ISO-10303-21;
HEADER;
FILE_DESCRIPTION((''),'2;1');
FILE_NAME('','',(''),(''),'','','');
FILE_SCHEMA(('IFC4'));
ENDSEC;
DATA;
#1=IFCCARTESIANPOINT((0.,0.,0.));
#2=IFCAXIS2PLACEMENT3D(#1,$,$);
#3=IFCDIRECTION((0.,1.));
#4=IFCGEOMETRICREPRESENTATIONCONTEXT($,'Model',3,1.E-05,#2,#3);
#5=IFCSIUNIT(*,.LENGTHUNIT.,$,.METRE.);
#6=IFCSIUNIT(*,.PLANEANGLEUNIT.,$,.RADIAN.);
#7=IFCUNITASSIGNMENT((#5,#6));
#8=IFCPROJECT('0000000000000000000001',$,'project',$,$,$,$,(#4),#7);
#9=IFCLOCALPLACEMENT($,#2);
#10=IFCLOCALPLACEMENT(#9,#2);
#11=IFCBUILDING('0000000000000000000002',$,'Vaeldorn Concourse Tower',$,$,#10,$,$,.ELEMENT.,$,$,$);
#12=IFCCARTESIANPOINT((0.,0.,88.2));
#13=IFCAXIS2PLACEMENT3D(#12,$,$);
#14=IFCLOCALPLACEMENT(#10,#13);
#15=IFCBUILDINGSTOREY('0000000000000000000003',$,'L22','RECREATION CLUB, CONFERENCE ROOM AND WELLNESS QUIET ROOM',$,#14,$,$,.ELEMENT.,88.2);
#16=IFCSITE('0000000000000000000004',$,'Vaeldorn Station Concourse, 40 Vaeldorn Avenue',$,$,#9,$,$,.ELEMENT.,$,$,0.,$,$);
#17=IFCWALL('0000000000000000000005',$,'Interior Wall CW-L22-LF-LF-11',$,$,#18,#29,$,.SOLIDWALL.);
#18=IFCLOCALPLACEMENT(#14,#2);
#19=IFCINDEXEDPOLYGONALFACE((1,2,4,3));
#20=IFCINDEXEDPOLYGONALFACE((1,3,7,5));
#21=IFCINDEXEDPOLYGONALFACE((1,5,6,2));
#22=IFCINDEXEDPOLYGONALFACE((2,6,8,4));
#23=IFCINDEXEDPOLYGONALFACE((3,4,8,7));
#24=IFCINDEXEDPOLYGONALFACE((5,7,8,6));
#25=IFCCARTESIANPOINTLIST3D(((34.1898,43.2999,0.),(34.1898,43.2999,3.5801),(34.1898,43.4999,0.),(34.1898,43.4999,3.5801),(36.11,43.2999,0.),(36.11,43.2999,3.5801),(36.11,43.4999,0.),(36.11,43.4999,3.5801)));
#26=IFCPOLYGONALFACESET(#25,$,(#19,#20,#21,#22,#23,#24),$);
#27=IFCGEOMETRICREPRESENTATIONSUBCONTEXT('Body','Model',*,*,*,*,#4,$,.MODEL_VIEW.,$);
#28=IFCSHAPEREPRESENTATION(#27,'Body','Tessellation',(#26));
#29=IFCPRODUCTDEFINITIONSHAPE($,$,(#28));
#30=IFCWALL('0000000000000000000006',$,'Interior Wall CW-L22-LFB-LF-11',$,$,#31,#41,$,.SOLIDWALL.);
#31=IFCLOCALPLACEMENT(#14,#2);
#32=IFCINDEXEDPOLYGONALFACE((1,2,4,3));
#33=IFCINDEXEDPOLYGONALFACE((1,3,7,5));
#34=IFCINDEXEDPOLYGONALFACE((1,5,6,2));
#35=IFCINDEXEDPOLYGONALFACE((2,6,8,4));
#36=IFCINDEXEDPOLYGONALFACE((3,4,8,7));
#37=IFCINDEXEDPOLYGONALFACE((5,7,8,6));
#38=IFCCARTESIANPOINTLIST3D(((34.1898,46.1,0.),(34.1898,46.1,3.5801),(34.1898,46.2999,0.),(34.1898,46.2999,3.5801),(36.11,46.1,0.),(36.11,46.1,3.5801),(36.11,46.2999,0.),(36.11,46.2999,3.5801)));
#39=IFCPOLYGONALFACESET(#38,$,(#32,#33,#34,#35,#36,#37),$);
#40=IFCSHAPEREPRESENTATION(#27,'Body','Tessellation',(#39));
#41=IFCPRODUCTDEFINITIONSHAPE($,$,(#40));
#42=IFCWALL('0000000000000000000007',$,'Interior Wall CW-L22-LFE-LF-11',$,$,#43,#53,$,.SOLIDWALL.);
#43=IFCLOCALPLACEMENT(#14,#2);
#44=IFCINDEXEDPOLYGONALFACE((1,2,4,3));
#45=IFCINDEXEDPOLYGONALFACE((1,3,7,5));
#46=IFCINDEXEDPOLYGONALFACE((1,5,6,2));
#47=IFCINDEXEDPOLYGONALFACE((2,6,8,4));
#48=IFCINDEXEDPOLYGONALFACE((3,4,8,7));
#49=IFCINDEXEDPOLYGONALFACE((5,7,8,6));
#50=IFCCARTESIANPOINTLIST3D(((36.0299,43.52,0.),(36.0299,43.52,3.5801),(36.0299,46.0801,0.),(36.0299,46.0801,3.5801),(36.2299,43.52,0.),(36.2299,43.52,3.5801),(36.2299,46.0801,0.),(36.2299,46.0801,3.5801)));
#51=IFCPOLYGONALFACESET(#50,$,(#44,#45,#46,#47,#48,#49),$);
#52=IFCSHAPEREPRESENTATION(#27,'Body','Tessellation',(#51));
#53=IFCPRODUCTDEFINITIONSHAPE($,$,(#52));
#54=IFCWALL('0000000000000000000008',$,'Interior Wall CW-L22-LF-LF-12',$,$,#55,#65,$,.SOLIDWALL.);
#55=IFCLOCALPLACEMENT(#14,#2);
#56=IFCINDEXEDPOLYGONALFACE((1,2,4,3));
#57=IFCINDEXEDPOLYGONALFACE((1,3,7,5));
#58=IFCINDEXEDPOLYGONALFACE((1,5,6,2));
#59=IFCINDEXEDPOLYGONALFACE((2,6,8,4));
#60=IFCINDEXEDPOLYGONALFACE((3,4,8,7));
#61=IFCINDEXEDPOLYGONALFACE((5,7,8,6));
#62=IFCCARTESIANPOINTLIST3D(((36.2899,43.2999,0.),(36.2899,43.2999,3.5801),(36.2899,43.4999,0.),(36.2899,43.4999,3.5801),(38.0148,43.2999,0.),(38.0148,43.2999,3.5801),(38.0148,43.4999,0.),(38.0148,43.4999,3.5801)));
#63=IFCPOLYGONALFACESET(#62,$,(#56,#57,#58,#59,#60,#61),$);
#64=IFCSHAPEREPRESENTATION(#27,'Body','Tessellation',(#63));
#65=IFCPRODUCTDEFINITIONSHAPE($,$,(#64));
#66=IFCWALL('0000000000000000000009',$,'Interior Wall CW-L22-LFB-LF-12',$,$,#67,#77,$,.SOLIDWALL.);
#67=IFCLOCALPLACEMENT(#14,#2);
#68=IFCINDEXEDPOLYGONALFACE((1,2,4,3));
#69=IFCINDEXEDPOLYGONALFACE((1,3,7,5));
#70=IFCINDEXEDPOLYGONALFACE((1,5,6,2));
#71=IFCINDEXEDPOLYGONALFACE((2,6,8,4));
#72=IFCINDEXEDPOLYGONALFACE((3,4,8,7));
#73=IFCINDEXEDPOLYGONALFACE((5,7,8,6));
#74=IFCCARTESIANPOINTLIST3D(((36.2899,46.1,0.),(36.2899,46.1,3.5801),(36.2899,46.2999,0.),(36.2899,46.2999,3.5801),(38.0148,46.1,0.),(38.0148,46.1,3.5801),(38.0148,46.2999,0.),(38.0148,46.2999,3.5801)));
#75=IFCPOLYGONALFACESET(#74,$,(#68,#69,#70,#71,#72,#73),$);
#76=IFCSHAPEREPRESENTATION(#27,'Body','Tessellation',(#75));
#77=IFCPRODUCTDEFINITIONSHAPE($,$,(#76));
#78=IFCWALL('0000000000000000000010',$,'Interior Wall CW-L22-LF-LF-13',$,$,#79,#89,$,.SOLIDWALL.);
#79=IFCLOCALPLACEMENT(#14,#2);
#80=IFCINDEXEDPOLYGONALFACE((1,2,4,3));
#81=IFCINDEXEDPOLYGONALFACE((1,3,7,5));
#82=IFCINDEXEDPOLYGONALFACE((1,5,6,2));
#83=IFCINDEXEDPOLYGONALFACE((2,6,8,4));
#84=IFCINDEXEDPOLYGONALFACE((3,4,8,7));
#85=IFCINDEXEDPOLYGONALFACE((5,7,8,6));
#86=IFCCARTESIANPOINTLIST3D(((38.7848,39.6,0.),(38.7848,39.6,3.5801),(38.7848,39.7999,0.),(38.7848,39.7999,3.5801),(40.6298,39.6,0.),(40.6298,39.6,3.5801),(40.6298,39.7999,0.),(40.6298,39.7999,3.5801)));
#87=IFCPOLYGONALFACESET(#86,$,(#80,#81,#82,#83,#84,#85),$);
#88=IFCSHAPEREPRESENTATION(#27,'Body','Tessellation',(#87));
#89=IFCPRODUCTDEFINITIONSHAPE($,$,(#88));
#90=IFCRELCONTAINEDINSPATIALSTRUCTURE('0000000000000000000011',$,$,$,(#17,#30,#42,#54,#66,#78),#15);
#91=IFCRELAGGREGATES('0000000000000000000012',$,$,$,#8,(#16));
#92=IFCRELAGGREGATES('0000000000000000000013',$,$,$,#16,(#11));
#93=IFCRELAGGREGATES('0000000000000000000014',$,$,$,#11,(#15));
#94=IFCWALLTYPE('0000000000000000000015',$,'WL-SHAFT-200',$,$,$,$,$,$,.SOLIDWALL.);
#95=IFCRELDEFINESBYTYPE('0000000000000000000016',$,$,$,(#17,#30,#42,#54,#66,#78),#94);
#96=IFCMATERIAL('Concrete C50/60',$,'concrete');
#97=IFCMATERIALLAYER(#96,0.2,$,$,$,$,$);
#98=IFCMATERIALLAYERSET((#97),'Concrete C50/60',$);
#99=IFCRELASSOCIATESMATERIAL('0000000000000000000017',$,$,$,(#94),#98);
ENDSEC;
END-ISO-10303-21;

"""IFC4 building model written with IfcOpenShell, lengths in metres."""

from ifc_helpers import new_model, si_unit, direction, frame, frame_2d, origin, place, context, subcontext, project, spatial, rectangle, extrude, material, layer, layer_set, type_object, element, save


model = new_model("IFC4")

# Units and contexts
model_context = context("Model", 3, precision=1e-05, world=origin(), true_north=direction((0.0, 1.0)))
body_context = subcontext(model_context, "Body", "Model", "MODEL_VIEW")
ifc_project = project(units=[si_unit("LENGTHUNIT", "METRE"), si_unit("PLANEANGLEUNIT", "RADIAN")], contexts=[model_context])

# Site, building, storey
site_placement = place(None, origin())
site = spatial("IfcSite", under=ifc_project, at=site_placement, Name="Vaeldorn Station Concourse, 40 Vaeldorn Avenue", CompositionType="ELEMENT", RefElevation=0.0)
building_placement = place(site_placement, origin())
building = spatial("IfcBuilding", under=site, at=building_placement, Name="Vaeldorn Concourse Tower", CompositionType="ELEMENT")
storey_placement = place(building_placement, frame((0.0, 0.0, 88.2)))
storey = spatial("IfcBuildingStorey", under=building, at=storey_placement, Name="L22", Description="RECREATION CLUB, CONFERENCE ROOM AND WELLNESS QUIET ROOM", CompositionType="ELEMENT", Elevation=88.2)

# Walls
ifc_material_1 = material(Name="Concrete C50/60", Category="concrete")
ifc_layer_1 = layer(ifc_material_1, 0.2)
ifc_layer_set_1 = layer_set([ifc_layer_1], Name="Concrete C50/60")
wall_type_1 = type_object("IfcWallType", Name="WL-SHAFT-200", PredefinedType="SOLIDWALL", material=ifc_layer_set_1)
for number, where, z_axis, x_axis, name in (
    (1, (34.1899, 43.3999, 0.0), (0.0, 0.0, 1.0), (1.0, 0.0, 0.0), "Interior Wall CW-L22-LF-LF-11"),
    (2, (34.1899, 46.2, 0.0), (0.0, 0.0, 1.0), (1.0, 0.0, 0.0), "Interior Wall CW-L22-LFB-LF-11"),
):
    element("IfcWall", number, at=place(storey_placement, frame(where, z_axis=z_axis, x_axis=x_axis)), inside=storey, type_object=wall_type_1, Name=name, PredefinedType="SOLIDWALL", context=body_context, shape_type="SweptSolid", body=[
        extrude(rectangle(XDim=1.9202, YDim=0.2, at=frame_2d((0.96, 0.0))), origin(), (0.0, 0.0, 1.0), 3.5801),
    ])
wall_1_placement = place(storey_placement, frame((36.1299, 43.52, 0.0), z_axis=(0.0, 0.0, 1.0), x_axis=(0.0, 1.0, 0.0)))
element("IfcWall", 3, at=wall_1_placement, inside=storey, type_object=wall_type_1, Name="Interior Wall CW-L22-LFE-LF-11", PredefinedType="SOLIDWALL", context=body_context, shape_type="SweptSolid", body=[
    extrude(rectangle(XDim=2.5601, YDim=0.2, at=frame_2d((1.28, 0.0))), origin(), (0.0, 0.0, 1.0), 3.5801),
])
for number, where, z_axis, x_axis, name in (
    (4, (36.29, 43.3999, 0.0), (0.0, 0.0, 1.0), (1.0, 0.0, 0.0), "Interior Wall CW-L22-LF-LF-12"),
    (5, (36.29, 46.2, 0.0), (0.0, 0.0, 1.0), (1.0, 0.0, 0.0), "Interior Wall CW-L22-LFB-LF-12"),
):
    element("IfcWall", number, at=place(storey_placement, frame(where, z_axis=z_axis, x_axis=x_axis)), inside=storey, type_object=wall_type_1, Name=name, PredefinedType="SOLIDWALL", context=body_context, shape_type="SweptSolid", body=[
        extrude(rectangle(XDim=1.7249, YDim=0.2, at=frame_2d((0.8623, 0.0))), origin(), (0.0, 0.0, 1.0), 3.5801),
    ])
wall_2_placement = place(storey_placement, frame((38.7849, 39.7, 0.0), z_axis=(0.0, 0.0, 1.0), x_axis=(1.0, 0.0, 0.0)))
element("IfcWall", 6, at=wall_2_placement, inside=storey, type_object=wall_type_1, Name="Interior Wall CW-L22-LF-LF-13", PredefinedType="SOLIDWALL", context=body_context, shape_type="SweptSolid", body=[
    extrude(rectangle(XDim=1.845, YDim=0.2, at=frame_2d((0.9224, 0.0))), origin(), (0.0, 0.0, 1.0), 3.5801),
])

save(model, "model.ifc")
